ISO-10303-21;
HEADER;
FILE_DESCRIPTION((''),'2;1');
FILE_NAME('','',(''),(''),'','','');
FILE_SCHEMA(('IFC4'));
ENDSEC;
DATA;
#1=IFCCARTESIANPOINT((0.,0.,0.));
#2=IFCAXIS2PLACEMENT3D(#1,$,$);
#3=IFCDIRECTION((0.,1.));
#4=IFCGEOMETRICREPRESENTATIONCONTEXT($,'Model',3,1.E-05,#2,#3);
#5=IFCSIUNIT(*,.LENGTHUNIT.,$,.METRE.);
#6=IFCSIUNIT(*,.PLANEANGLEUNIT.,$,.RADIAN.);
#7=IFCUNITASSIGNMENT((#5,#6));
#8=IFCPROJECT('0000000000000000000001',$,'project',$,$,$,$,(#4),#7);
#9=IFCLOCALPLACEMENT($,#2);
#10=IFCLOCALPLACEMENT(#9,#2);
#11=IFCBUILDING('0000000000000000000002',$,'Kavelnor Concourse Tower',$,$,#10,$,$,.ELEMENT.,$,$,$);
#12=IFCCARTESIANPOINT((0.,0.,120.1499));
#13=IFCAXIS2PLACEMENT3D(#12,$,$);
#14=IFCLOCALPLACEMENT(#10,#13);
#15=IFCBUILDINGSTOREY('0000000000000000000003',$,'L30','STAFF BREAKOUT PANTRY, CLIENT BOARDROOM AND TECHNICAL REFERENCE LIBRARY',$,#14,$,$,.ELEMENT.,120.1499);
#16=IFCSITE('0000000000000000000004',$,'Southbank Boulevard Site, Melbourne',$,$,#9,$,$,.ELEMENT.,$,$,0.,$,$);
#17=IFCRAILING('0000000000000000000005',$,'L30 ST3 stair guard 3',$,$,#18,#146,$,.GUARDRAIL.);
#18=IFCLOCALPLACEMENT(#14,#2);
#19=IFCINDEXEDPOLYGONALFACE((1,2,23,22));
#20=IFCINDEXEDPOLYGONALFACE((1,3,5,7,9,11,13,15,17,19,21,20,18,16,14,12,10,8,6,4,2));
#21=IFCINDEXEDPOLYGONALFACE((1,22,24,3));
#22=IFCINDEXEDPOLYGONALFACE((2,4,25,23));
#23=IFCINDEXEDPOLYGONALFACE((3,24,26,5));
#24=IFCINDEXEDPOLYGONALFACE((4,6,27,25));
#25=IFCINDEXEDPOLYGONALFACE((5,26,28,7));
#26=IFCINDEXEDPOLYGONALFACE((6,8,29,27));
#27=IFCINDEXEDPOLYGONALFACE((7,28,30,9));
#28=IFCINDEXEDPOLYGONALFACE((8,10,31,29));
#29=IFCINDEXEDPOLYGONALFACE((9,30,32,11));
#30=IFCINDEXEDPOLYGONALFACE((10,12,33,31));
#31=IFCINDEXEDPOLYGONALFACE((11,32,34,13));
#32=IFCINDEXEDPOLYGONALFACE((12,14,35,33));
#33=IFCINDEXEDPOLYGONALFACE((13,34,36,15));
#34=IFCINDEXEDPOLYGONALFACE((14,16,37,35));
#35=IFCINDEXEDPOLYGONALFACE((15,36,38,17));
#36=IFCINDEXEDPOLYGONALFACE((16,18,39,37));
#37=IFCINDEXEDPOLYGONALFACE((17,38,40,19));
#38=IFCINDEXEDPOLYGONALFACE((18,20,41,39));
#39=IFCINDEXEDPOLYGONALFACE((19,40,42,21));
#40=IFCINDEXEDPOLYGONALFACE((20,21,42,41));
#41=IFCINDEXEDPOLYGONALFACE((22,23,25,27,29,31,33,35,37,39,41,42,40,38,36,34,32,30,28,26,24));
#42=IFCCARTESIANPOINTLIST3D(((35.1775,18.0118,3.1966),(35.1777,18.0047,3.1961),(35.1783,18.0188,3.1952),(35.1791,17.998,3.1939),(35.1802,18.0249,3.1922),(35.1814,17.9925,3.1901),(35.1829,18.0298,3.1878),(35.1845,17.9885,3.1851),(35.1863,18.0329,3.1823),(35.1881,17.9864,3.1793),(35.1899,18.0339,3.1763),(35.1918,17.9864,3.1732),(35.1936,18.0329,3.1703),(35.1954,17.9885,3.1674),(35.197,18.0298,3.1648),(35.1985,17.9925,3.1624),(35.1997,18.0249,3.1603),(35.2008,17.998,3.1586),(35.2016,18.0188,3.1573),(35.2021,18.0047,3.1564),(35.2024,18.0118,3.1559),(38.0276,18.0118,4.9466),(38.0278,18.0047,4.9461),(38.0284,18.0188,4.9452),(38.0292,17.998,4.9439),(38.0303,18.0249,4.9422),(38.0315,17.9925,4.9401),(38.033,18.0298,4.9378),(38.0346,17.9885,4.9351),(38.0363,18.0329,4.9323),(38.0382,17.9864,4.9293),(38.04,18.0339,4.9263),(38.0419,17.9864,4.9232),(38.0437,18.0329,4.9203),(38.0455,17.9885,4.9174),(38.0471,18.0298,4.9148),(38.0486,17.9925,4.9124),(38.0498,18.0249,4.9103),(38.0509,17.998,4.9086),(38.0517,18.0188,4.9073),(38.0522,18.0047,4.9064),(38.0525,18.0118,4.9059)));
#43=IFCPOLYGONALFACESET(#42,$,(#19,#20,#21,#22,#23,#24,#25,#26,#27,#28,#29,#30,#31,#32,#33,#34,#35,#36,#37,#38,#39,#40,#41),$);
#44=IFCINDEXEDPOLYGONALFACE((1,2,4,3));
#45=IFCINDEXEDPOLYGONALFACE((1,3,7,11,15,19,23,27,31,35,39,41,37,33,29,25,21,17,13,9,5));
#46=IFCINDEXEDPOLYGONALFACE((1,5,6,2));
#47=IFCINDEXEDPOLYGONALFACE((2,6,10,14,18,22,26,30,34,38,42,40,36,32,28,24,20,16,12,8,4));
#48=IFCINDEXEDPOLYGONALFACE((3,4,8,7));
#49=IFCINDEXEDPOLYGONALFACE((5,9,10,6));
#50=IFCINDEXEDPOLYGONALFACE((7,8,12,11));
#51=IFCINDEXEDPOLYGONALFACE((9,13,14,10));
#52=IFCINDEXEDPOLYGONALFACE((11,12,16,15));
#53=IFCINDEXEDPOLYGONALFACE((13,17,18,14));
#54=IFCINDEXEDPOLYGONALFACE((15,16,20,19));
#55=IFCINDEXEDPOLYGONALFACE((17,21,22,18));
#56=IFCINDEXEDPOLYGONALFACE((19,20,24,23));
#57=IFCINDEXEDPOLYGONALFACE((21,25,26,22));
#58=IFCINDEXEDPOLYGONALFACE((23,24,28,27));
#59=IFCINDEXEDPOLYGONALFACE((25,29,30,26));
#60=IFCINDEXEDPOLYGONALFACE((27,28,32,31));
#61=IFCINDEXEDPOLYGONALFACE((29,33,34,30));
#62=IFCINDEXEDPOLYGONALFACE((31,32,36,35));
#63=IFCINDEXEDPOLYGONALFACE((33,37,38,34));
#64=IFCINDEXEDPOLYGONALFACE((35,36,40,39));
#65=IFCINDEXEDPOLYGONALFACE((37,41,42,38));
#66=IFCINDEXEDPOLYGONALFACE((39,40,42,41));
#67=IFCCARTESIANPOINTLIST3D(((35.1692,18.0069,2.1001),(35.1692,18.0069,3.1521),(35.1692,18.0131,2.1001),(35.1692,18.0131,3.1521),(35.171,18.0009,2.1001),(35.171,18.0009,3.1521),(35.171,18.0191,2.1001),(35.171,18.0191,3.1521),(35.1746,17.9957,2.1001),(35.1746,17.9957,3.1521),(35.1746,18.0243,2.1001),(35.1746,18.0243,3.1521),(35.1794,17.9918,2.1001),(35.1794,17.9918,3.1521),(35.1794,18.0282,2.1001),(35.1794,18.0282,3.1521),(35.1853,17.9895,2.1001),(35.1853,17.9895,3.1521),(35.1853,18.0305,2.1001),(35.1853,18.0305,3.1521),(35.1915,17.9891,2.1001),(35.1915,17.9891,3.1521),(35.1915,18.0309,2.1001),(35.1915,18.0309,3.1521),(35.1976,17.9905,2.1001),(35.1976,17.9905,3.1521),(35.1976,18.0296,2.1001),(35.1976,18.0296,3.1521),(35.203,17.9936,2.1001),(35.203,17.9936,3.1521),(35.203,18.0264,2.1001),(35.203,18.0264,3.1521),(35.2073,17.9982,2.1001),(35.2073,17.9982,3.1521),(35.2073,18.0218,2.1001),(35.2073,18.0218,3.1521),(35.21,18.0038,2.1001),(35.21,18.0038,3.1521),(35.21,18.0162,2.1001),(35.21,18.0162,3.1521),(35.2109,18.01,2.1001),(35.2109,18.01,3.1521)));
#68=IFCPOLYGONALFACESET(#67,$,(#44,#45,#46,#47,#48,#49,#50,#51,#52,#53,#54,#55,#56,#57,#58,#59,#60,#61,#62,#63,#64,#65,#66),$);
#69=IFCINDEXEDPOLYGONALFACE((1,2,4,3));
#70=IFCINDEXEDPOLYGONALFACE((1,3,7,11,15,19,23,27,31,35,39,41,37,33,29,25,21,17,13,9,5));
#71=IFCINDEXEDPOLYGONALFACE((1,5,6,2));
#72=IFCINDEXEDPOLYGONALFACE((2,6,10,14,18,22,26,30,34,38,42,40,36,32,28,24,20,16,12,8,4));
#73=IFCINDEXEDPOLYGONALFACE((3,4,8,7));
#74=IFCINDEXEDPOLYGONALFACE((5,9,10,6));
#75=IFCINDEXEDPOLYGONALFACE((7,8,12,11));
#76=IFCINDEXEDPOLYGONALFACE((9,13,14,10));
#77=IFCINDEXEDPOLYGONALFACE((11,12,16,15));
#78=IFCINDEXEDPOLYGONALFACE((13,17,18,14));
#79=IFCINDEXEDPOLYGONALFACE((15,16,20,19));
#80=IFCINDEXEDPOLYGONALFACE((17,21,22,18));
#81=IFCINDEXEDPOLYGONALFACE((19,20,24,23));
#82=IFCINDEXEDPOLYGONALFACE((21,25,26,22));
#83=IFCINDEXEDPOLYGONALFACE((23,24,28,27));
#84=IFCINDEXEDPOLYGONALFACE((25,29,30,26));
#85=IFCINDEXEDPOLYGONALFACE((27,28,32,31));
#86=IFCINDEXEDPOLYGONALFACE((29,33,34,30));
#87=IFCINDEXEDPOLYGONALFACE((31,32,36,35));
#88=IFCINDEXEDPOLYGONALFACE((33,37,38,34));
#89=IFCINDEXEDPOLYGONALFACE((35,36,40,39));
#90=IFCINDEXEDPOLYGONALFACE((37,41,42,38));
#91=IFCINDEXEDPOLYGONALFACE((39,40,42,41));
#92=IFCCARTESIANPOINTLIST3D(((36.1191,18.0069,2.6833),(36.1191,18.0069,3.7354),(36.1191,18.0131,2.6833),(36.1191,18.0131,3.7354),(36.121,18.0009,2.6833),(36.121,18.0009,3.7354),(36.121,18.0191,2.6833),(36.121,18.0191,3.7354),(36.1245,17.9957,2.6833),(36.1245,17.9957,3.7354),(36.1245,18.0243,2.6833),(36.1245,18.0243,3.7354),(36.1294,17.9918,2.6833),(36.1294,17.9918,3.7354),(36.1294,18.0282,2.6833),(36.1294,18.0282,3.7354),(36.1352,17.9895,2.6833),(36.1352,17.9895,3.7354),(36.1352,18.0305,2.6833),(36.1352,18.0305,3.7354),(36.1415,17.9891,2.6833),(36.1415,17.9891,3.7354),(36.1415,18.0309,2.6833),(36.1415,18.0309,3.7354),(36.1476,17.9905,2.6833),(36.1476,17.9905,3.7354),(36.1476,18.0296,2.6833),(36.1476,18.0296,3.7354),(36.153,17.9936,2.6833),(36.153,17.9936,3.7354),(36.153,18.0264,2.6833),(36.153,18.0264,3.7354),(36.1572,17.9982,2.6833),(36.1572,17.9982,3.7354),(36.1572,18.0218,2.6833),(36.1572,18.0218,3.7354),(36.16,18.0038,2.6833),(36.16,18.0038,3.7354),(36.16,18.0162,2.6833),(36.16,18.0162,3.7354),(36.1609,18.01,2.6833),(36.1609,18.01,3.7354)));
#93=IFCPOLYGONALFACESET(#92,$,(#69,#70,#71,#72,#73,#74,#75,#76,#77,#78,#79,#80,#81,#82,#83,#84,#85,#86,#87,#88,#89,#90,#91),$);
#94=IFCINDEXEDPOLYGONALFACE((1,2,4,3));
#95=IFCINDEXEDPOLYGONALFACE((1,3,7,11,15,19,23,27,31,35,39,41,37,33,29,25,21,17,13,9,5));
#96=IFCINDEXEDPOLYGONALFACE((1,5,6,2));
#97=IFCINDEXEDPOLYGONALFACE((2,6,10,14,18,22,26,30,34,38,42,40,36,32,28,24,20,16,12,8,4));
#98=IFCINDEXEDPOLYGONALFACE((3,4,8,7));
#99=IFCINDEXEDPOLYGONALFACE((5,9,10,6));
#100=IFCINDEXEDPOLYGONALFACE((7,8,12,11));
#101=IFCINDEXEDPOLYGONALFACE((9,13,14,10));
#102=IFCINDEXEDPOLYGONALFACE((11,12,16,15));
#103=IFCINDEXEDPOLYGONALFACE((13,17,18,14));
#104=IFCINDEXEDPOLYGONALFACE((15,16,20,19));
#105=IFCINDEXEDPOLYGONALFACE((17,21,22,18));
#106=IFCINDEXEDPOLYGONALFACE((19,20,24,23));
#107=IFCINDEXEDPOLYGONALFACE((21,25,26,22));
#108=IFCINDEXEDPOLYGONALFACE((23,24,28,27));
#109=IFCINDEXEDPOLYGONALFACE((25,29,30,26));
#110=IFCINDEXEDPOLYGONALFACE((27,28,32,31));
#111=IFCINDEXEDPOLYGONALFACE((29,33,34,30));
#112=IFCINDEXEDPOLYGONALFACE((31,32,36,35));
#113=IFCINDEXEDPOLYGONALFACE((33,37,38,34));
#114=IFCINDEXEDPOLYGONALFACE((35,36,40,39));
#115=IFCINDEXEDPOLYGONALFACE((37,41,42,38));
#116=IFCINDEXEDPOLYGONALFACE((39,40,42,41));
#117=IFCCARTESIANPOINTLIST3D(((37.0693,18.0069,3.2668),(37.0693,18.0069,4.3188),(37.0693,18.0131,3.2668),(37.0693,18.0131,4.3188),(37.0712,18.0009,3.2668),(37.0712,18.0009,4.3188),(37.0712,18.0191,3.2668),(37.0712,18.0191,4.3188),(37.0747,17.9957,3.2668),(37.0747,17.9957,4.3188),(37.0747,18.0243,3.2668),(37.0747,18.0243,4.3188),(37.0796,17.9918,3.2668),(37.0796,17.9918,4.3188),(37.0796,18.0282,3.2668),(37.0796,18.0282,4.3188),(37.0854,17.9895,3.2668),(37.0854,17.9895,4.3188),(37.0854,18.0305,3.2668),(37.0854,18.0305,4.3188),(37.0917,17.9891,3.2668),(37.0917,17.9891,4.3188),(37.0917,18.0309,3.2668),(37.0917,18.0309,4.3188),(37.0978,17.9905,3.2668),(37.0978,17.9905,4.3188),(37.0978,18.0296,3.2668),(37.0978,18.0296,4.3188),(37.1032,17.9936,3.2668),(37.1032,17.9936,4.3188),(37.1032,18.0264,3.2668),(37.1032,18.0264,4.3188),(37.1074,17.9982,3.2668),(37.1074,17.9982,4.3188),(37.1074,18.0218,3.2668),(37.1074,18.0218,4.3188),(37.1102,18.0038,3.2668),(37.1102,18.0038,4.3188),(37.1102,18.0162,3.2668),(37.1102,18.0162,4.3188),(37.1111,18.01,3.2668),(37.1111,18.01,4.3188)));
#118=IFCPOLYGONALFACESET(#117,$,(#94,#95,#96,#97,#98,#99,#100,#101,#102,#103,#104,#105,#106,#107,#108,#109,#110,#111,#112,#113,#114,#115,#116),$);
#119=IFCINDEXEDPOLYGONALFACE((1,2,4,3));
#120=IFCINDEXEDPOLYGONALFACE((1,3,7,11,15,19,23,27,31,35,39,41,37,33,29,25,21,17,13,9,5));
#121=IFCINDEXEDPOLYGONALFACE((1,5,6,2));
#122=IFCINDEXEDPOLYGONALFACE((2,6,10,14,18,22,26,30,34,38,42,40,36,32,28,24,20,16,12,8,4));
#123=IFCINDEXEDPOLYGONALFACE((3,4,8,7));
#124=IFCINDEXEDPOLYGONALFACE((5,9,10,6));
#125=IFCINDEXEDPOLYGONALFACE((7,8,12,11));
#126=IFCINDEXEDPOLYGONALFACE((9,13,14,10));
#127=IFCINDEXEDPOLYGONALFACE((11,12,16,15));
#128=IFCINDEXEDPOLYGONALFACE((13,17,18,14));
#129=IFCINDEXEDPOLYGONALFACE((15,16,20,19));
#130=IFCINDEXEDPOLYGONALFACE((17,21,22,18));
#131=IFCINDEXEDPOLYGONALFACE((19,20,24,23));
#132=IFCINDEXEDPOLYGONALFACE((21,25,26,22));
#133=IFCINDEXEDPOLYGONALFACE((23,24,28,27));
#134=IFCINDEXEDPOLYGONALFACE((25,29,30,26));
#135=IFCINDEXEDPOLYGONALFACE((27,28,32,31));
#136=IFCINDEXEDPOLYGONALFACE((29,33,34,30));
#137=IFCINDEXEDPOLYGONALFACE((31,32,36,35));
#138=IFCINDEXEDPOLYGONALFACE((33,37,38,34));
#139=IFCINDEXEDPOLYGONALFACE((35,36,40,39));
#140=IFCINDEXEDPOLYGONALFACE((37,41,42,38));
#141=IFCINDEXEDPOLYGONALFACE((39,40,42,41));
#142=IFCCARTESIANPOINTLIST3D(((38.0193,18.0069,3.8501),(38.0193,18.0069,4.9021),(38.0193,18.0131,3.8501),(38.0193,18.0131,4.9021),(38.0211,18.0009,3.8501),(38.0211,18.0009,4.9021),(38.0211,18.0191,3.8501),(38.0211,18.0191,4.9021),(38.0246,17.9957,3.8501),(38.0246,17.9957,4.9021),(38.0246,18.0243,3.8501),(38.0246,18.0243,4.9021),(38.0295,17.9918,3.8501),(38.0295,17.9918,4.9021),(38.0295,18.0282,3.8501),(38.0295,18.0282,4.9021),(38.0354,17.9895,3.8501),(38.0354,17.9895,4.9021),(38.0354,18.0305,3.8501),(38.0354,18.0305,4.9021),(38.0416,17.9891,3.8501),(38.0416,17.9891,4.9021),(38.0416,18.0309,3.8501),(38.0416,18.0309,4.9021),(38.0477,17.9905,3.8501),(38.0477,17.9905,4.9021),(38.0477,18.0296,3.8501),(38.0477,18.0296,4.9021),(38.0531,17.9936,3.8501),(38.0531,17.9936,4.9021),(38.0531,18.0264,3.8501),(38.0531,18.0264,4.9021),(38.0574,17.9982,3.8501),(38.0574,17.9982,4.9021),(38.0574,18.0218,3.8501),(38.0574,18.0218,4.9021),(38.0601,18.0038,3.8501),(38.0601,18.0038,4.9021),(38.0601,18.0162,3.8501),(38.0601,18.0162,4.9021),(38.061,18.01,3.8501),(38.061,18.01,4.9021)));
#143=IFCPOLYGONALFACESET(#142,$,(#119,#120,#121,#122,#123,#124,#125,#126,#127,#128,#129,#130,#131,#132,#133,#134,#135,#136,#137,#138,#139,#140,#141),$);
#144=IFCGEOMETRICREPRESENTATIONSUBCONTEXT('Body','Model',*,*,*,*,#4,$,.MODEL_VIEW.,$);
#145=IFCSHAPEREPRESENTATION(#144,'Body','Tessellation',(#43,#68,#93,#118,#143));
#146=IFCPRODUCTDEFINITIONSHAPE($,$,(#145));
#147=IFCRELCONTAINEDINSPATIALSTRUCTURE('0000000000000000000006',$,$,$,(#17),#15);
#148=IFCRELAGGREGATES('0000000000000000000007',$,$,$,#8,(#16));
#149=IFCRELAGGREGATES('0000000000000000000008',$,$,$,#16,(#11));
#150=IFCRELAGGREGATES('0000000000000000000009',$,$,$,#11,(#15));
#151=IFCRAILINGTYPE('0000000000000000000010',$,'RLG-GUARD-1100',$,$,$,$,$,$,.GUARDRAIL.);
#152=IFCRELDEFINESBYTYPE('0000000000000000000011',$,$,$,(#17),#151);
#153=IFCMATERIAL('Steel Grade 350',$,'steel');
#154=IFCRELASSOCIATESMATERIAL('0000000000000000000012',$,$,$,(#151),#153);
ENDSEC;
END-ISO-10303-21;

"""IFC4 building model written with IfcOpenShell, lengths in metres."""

from ifc_helpers import new_model, si_unit, direction, frame, origin, origin_2d, place, context, subcontext, project, spatial, circle, extrude, material, type_object, element, save


model = new_model("IFC4")

# Units and contexts
model_context = context("Model", 3, precision=1e-05, world=origin(), true_north=direction((0.0, 1.0)))
body_context = subcontext(model_context, "Body", "Model", "MODEL_VIEW")
ifc_project = project(units=[si_unit("LENGTHUNIT", "METRE"), si_unit("PLANEANGLEUNIT", "RADIAN")], contexts=[model_context])

# Site, building, storey
site_placement = place(None, origin())
site = spatial("IfcSite", under=ifc_project, at=site_placement, Name="Southbank Boulevard Site, Melbourne", CompositionType="ELEMENT", RefElevation=0.0)
building_placement = place(site_placement, origin())
building = spatial("IfcBuilding", under=site, at=building_placement, Name="Kavelnor Concourse Tower", CompositionType="ELEMENT")
storey_placement = place(building_placement, frame((0.0, 0.0, 120.1499)))
storey = spatial("IfcBuildingStorey", under=building, at=storey_placement, Name="L30", Description="STAFF BREAKOUT PANTRY, CLIENT BOARDROOM AND TECHNICAL REFERENCE LIBRARY", CompositionType="ELEMENT", Elevation=120.1499)

# Shared definitions
ifc_material_1 = material(Name="Steel Grade 350", Category="steel")

# Railing
railing_type_1 = type_object("IfcRailingType", Name="RLG-GUARD-1100", PredefinedType="GUARDRAIL", material=ifc_material_1)
railing_1_placement = place(storey_placement, frame((35.1899, 18.01, 2.1001)))
element("IfcRailing", 1, at=railing_1_placement, inside=storey, type_object=railing_type_1, Name="L30 ST3 stair guard 3", PredefinedType="GUARDRAIL", context=body_context, shape_type="SweptSolid", body=[
    extrude(circle(Radius=0.0239, at=origin_2d()), frame((0.0, 0.0, 1.0762), z_axis=(0.852179, 0.0, 0.52325), x_axis=(0.0, 1.0, 0.0)), (0.0, 0.0, 1.0), 3.3445),
    extrude(circle(Radius=0.021, at=origin_2d()), origin(), (0.0, 0.0, 1.0), 1.052),
    extrude(circle(Radius=0.021, at=origin_2d()), frame((0.95, 0.0, 0.5833)), (0.0, 0.0, 1.0), 1.052),
    extrude(circle(Radius=0.021, at=origin_2d()), frame((1.9001, 0.0, 1.1667)), (0.0, 0.0, 1.0), 1.052),
    extrude(circle(Radius=0.021, at=origin_2d()), frame((2.8501, 0.0, 1.75)), (0.0, 0.0, 1.0), 1.052),
])

save(model, "model.ifc")
